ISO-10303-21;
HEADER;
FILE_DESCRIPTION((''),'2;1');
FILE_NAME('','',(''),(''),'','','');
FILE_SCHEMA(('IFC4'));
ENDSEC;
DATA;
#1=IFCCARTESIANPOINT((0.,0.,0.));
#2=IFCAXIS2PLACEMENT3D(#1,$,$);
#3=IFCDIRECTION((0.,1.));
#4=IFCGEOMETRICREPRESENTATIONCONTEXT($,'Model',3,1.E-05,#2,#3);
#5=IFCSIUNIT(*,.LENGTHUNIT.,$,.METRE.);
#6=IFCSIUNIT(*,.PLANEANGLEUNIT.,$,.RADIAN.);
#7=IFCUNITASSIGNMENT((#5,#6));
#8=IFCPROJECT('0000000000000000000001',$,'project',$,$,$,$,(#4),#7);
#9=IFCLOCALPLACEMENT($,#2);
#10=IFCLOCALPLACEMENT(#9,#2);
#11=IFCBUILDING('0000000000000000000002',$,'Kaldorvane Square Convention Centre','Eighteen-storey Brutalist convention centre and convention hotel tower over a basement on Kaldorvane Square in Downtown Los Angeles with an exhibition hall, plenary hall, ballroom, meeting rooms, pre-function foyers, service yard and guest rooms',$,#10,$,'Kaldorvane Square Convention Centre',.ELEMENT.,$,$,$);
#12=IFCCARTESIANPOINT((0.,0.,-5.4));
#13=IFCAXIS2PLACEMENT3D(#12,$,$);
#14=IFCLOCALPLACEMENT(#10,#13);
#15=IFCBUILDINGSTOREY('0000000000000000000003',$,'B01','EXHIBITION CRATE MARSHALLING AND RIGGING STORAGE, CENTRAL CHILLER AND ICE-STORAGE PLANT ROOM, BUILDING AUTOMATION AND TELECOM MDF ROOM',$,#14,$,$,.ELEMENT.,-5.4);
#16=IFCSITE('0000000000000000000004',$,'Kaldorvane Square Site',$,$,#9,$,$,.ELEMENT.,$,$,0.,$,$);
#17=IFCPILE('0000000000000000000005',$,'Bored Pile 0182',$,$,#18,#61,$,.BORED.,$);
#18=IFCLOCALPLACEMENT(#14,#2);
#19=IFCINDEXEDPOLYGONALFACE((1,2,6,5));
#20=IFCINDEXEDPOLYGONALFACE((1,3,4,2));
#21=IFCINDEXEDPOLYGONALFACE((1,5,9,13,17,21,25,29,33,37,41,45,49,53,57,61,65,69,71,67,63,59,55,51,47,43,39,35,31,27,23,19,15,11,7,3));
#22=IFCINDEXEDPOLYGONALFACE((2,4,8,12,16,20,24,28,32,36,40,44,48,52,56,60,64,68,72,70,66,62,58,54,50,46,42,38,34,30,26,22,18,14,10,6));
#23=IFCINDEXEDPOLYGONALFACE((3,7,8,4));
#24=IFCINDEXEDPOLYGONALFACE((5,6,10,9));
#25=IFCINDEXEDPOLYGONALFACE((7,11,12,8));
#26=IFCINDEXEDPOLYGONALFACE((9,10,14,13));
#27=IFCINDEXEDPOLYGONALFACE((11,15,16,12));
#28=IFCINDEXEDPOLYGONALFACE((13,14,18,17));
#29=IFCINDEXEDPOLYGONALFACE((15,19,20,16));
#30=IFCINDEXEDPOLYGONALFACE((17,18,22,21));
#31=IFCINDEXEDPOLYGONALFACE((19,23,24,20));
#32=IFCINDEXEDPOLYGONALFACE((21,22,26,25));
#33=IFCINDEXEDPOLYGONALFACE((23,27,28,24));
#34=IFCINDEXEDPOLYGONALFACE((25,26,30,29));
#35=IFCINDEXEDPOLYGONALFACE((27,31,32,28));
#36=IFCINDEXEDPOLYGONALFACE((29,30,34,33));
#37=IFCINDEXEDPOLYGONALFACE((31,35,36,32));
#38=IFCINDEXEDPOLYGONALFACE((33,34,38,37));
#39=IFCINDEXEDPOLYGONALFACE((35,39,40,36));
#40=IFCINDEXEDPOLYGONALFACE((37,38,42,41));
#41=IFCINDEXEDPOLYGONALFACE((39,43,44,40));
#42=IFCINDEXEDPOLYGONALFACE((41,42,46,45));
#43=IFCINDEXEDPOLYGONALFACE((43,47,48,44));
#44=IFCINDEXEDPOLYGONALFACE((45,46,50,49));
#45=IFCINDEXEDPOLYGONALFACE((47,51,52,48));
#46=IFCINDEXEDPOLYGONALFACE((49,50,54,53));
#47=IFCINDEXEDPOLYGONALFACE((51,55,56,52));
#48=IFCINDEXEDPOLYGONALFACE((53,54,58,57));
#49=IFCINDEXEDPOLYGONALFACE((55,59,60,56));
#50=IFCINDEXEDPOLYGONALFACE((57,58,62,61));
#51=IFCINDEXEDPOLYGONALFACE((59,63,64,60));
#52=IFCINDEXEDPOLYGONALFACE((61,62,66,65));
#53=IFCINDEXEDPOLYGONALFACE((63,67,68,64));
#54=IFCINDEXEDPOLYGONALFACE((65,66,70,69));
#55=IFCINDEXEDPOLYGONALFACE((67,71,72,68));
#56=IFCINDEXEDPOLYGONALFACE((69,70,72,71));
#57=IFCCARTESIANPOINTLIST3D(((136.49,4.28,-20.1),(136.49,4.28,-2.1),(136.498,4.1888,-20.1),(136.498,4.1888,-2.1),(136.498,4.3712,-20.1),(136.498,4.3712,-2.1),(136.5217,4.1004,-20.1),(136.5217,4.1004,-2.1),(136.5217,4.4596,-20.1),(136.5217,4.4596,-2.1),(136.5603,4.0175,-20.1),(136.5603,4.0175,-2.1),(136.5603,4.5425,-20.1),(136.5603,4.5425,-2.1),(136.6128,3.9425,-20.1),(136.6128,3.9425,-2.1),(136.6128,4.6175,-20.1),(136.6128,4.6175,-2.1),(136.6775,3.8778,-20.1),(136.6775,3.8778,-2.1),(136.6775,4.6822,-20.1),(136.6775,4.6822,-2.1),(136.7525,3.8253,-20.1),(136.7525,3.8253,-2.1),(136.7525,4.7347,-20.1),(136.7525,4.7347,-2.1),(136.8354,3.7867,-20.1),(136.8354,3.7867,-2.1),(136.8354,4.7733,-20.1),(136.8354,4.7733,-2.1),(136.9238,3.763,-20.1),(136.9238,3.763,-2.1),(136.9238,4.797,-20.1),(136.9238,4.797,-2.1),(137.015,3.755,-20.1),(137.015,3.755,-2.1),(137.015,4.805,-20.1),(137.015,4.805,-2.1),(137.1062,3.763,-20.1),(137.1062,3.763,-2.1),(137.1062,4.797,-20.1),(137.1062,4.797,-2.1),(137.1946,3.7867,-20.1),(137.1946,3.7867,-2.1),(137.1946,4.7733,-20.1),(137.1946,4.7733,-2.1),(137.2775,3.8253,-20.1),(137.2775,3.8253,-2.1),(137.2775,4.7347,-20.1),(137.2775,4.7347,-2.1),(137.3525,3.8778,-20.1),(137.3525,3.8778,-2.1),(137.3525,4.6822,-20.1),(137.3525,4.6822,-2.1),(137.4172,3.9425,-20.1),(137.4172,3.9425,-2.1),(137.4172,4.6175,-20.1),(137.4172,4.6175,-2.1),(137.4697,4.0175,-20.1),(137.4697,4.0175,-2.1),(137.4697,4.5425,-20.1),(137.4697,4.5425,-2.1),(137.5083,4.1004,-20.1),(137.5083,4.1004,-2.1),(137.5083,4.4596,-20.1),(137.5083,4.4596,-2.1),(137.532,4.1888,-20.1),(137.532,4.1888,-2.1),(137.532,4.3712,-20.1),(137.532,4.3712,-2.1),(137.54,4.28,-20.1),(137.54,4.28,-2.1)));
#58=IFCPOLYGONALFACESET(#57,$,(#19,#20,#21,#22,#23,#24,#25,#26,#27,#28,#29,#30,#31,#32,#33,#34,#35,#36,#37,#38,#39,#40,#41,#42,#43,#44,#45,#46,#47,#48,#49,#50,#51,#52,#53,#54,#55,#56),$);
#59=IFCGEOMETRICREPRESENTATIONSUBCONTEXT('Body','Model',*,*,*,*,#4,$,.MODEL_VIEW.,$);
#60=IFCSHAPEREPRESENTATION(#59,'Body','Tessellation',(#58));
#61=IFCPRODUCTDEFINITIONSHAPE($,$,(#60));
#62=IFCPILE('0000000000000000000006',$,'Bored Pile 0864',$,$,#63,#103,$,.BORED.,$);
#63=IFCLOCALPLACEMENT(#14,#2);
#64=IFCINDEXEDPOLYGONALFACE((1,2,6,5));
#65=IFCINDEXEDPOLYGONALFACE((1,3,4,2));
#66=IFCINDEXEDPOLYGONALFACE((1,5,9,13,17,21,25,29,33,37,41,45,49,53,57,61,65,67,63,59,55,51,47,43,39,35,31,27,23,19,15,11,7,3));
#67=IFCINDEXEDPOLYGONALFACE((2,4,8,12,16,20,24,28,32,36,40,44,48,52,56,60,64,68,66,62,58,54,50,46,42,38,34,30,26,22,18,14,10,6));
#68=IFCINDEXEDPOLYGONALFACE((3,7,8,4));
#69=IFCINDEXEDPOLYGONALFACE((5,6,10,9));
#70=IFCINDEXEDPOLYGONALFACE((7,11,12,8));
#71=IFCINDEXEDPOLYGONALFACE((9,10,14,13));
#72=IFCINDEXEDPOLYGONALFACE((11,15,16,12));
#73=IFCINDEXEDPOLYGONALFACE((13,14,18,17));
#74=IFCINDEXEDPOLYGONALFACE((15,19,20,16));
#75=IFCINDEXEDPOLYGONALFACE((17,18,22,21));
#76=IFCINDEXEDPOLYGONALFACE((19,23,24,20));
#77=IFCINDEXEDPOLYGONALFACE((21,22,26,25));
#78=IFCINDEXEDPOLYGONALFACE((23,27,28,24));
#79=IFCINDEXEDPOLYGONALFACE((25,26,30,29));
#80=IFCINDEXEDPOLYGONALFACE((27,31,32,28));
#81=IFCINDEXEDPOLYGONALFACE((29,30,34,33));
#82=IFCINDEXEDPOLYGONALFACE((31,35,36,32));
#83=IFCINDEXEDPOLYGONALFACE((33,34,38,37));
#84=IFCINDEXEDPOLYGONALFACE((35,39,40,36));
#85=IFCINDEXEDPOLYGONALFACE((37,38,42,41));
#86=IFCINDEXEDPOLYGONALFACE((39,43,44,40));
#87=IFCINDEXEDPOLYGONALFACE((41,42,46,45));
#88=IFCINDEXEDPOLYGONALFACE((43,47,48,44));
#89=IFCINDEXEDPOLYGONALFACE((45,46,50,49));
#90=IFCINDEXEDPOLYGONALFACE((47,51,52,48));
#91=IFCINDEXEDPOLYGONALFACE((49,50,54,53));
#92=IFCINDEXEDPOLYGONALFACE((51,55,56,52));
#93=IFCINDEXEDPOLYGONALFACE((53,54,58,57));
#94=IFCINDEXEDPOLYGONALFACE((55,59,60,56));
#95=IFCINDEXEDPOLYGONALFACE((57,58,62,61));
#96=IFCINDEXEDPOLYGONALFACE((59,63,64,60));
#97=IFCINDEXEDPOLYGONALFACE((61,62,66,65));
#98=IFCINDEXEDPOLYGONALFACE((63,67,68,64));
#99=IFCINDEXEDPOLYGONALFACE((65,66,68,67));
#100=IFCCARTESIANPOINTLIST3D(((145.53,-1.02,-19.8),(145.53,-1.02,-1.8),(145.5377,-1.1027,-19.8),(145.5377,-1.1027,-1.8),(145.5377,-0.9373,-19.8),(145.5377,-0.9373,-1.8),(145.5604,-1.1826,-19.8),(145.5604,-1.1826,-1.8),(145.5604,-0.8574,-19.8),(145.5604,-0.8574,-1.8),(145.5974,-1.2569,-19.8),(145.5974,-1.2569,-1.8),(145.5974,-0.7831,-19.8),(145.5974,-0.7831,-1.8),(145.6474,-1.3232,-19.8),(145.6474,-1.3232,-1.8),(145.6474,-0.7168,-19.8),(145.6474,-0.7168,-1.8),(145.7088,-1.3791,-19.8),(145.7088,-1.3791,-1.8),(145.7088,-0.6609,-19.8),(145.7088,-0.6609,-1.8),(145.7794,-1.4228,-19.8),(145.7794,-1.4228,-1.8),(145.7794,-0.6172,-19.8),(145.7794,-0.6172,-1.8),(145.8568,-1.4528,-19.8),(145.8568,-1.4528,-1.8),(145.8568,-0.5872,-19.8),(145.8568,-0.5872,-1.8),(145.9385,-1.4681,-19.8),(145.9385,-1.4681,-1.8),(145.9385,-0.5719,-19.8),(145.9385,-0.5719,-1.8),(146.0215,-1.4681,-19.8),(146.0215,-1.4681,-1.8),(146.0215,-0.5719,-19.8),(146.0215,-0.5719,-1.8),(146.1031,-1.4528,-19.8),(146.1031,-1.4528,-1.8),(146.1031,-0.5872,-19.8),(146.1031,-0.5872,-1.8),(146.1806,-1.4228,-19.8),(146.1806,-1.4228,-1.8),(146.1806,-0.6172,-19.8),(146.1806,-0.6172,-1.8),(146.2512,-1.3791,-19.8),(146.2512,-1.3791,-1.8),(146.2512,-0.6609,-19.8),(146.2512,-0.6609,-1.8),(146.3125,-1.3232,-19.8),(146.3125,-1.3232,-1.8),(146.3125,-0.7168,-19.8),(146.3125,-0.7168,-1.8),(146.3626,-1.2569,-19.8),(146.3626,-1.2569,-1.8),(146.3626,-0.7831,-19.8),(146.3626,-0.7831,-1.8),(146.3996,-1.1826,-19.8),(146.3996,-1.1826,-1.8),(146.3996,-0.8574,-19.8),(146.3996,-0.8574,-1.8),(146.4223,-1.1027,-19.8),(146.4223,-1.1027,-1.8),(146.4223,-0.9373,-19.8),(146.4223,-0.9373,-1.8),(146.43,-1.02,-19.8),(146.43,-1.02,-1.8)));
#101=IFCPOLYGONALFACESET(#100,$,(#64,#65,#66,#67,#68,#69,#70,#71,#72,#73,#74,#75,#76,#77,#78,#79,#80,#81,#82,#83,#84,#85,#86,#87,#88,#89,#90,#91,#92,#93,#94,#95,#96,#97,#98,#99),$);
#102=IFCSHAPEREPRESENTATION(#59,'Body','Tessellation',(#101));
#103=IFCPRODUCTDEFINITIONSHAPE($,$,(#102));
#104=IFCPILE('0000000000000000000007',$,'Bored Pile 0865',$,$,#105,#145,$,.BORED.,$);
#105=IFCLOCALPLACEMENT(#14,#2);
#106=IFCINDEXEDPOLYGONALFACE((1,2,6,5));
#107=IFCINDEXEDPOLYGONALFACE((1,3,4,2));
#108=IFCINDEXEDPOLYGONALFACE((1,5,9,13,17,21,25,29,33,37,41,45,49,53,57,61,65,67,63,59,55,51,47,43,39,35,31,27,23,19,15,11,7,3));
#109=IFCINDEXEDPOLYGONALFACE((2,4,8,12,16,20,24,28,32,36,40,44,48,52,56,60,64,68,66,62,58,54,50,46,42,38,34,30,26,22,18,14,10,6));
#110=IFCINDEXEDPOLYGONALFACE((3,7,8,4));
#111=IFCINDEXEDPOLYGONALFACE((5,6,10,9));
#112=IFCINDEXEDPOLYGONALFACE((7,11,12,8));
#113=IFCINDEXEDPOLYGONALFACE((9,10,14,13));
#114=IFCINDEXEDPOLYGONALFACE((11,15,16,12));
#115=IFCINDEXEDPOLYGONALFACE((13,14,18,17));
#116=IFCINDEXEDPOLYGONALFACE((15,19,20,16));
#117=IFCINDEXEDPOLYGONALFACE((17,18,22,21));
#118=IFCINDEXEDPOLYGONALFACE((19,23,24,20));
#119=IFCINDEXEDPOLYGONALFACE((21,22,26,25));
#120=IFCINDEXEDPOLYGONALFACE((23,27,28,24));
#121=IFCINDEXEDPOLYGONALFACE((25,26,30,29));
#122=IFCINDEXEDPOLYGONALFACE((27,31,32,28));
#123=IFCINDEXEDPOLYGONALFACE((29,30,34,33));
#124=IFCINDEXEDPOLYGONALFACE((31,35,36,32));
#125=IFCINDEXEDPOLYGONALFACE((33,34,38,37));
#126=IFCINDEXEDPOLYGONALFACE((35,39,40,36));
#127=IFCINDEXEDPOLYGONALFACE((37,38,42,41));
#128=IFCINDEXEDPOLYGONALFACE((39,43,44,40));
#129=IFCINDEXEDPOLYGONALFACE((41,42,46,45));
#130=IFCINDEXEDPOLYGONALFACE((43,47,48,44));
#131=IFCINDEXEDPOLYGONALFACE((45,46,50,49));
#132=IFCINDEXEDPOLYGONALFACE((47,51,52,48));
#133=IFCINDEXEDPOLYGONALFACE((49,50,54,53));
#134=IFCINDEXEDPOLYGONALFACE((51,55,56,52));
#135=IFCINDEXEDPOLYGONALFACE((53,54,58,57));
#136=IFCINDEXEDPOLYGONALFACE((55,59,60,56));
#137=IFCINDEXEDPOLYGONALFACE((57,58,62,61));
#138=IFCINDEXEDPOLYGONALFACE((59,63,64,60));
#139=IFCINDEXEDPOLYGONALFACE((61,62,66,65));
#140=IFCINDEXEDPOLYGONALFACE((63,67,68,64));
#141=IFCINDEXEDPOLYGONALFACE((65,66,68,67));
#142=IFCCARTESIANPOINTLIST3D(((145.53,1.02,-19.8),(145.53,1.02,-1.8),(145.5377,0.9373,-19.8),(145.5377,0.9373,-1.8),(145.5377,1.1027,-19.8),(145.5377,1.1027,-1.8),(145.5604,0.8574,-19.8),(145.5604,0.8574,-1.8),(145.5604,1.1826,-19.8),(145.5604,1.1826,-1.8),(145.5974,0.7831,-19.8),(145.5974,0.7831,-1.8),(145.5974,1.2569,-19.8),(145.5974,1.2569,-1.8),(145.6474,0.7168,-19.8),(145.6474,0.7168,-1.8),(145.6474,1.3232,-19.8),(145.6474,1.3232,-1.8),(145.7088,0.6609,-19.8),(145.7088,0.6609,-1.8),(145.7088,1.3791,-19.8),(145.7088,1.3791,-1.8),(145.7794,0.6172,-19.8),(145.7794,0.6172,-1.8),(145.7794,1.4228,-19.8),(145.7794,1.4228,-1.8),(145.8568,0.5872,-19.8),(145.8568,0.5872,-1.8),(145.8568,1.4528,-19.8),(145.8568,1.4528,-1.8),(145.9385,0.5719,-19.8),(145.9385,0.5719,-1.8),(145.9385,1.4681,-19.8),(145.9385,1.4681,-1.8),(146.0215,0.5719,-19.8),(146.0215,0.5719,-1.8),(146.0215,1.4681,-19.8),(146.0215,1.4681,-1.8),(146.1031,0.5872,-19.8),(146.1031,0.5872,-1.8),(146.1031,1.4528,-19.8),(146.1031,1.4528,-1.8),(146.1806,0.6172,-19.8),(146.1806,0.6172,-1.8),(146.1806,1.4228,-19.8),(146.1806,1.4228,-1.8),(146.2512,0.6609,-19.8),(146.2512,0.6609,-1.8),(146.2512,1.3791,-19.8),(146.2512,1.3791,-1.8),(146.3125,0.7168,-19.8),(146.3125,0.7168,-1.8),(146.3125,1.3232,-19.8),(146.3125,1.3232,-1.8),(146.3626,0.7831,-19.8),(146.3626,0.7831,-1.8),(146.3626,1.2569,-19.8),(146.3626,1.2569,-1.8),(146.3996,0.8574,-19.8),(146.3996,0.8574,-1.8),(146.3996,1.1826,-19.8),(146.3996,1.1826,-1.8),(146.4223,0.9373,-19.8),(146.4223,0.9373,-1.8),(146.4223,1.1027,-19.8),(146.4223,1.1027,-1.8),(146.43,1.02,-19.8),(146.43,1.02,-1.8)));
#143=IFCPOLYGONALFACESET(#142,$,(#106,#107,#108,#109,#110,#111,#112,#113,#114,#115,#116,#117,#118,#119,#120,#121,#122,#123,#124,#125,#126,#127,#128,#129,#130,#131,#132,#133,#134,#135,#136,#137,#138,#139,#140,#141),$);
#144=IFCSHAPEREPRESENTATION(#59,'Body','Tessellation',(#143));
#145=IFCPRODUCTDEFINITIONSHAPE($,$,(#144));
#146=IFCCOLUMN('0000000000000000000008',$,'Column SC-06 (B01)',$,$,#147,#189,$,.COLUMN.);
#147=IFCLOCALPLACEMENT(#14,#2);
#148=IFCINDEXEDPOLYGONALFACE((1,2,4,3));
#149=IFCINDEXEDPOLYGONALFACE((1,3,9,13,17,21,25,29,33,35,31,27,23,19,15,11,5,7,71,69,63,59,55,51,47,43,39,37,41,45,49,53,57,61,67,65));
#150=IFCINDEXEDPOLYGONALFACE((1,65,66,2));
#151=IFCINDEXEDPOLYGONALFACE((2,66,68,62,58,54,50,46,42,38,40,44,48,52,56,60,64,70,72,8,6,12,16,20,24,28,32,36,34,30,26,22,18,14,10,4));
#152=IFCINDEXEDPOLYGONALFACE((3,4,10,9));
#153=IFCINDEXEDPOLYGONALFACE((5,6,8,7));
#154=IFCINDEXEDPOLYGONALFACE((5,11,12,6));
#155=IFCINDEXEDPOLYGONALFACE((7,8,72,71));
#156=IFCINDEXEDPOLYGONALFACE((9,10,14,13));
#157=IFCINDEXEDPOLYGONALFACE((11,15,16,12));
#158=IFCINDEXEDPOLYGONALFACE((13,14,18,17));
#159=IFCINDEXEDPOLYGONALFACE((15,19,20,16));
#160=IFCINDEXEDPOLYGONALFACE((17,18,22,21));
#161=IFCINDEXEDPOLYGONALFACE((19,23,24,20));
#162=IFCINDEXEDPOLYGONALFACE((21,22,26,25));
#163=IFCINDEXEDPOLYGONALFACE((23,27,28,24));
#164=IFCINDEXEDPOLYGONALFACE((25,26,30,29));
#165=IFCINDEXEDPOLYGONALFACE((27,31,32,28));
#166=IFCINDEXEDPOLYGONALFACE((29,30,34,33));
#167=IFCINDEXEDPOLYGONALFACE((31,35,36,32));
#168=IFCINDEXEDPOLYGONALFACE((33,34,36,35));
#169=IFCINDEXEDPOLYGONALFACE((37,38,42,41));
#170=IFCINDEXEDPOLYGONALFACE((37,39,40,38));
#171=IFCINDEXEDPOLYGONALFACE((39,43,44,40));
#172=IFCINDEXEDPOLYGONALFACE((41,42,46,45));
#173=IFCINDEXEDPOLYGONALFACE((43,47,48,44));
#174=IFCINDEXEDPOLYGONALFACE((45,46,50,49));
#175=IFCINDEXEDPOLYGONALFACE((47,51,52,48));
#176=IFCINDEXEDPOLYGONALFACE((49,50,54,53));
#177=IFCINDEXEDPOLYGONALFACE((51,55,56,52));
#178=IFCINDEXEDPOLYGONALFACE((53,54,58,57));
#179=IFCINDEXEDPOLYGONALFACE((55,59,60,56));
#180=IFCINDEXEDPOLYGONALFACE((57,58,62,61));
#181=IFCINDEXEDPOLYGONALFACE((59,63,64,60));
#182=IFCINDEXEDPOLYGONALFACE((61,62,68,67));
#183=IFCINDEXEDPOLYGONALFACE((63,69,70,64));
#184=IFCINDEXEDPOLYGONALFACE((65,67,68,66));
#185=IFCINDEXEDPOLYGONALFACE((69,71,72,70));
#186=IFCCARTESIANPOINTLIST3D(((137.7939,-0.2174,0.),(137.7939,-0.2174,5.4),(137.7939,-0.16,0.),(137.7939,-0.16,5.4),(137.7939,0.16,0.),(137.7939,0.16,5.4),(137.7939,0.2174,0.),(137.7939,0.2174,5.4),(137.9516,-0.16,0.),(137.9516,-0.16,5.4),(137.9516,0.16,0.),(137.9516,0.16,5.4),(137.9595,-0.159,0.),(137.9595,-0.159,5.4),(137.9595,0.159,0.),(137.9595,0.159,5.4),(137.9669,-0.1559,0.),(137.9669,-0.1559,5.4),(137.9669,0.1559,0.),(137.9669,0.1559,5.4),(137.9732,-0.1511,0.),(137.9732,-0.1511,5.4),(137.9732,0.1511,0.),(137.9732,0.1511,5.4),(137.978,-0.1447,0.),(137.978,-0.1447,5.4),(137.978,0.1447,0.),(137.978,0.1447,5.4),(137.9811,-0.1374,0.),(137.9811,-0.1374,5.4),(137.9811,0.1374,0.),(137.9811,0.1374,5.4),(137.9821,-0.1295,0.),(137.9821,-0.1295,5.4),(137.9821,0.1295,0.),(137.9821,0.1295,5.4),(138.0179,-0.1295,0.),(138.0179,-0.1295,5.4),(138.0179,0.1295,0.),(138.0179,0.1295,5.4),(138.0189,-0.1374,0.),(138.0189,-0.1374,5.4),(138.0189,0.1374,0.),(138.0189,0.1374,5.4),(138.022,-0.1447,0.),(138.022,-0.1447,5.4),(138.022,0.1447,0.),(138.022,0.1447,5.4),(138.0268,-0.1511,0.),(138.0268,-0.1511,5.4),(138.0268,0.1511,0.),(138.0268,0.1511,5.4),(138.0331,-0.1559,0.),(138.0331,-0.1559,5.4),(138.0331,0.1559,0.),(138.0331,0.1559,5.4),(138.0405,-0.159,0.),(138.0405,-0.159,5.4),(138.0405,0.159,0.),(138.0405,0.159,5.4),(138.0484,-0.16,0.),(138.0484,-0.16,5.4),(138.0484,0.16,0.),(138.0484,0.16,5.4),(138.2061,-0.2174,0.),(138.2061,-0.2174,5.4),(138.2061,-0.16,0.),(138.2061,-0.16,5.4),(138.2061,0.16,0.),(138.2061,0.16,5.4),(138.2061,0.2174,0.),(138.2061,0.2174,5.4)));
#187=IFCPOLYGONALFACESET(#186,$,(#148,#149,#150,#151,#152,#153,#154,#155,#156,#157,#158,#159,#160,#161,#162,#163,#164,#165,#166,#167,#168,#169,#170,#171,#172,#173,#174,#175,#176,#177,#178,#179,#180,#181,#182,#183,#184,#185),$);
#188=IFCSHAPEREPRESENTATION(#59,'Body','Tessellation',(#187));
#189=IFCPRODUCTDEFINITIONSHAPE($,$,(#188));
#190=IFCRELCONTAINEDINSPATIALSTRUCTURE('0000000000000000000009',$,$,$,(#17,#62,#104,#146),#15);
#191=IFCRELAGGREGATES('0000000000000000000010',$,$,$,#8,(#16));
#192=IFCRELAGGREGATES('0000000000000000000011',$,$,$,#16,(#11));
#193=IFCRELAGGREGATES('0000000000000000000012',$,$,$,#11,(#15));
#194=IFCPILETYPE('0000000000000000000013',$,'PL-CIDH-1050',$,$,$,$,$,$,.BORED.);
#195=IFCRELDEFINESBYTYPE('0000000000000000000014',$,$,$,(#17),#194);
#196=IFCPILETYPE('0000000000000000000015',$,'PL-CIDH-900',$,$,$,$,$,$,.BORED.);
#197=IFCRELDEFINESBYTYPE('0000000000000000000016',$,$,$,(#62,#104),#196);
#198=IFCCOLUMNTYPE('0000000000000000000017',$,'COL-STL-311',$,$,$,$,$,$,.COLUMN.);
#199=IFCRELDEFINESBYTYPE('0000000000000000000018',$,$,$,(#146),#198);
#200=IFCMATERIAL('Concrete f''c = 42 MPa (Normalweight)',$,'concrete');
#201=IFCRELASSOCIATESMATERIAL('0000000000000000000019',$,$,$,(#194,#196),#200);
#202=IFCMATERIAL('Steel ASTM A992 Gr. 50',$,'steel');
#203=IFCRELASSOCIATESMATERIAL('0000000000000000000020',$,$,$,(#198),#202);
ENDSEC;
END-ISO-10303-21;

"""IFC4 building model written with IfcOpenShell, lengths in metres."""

from ifc_helpers import new_model, si_unit, direction, frame, origin, origin_2d, place, context, subcontext, project, spatial, circle, i_section, extrude, material, material_profile, profile_set, type_object, element, save


model = new_model("IFC4")

# Units and contexts
model_context = context("Model", 3, precision=1e-05, world=origin(), true_north=direction((0.0, 1.0)))
body_context = subcontext(model_context, "Body", "Model", "MODEL_VIEW")
ifc_project = project(units=[si_unit("LENGTHUNIT", "METRE"), si_unit("PLANEANGLEUNIT", "RADIAN")], contexts=[model_context])

# Site, building, storey
site_placement = place(None, origin())
site = spatial("IfcSite", under=ifc_project, at=site_placement, Name="Kaldorvane Square Site", CompositionType="ELEMENT", RefElevation=0.0)
building_placement = place(site_placement, origin())
building = spatial("IfcBuilding", under=site, at=building_placement, Name="Kaldorvane Square Convention Centre", Description="Eighteen-storey Brutalist convention centre and convention hotel tower over a basement on Kaldorvane Square in Downtown Los Angeles with an exhibition hall, plenary hall, ballroom, meeting rooms, pre-function foyers, service yard and guest rooms", LongName="Kaldorvane Square Convention Centre", CompositionType="ELEMENT")
storey_placement = place(building_placement, frame((0.0, 0.0, -5.4)))
storey = spatial("IfcBuildingStorey", under=building, at=storey_placement, Name="B01", Description="EXHIBITION CRATE MARSHALLING AND RIGGING STORAGE, CENTRAL CHILLER AND ICE-STORAGE PLANT ROOM, BUILDING AUTOMATION AND TELECOM MDF ROOM", CompositionType="ELEMENT", Elevation=-5.4)

# Shared definitions
ifc_material_1 = material(Name="Concrete f'c = 42 MPa (Normalweight)", Category="concrete")

# Piles
ifc_material_profile_1 = material_profile(ifc_material_1, circle(Radius=0.525, at=origin_2d()), Name="PILE-D1050")
ifc_profile_set_1 = profile_set([ifc_material_profile_1], Name="Concrete f'c = 42 MPa (Normalweight)")
pile_type_1 = type_object("IfcPileType", Name="PL-CIDH-1050", PredefinedType="BORED", material=ifc_profile_set_1)
for number, where, z_axis, x_axis, name in (
    (1, (137.015, 4.28, -2.1), (0.0, 0.0, -1.0), (1.0, 0.0, 0.0), "Bored Pile 0182"),
):
    element("IfcPile", number, at=place(storey_placement, frame(where, z_axis=z_axis, x_axis=x_axis)), inside=storey, type_object=pile_type_1, Name=name, PredefinedType="BORED", context=body_context, shape_type="SweptSolid", body=[
        extrude(circle(Radius=0.525, at=origin_2d()), origin(), (0.0, 0.0, 1.0), 18.0),
    ])
ifc_material_profile_2 = material_profile(ifc_material_1, circle(Radius=0.45, at=origin_2d()), Name="PILE-D900")
ifc_profile_set_2 = profile_set([ifc_material_profile_2], Name="Concrete f'c = 42 MPa (Normalweight)")
pile_type_2 = type_object("IfcPileType", Name="PL-CIDH-900", PredefinedType="BORED", material=ifc_profile_set_2)
for number, where, z_axis, x_axis, name in (
    (2, (145.98, -1.02, -1.8), (0.0, 0.0, -1.0), (1.0, 0.0, 0.0), "Bored Pile 0864"),
    (3, (145.98, 1.02, -1.8), (0.0, 0.0, -1.0), (1.0, 0.0, 0.0), "Bored Pile 0865"),
):
    element("IfcPile", number, at=place(storey_placement, frame(where, z_axis=z_axis, x_axis=x_axis)), inside=storey, type_object=pile_type_2, Name=name, PredefinedType="BORED", context=body_context, shape_type="SweptSolid", body=[
        extrude(circle(Radius=0.45, at=origin_2d()), origin(), (0.0, 0.0, 1.0), 18.0),
    ])

# Column
ifc_material_2 = material(Name="Steel ASTM A992 Gr. 50", Category="steel")
ifc_material_profile_3 = material_profile(ifc_material_2, i_section(OverallWidth=0.4122, OverallDepth=0.4348, WebThickness=0.0358, FlangeThickness=0.0574, FilletRadius=0.0305, at=origin_2d()), Name="W14X311")
ifc_profile_set_3 = profile_set([ifc_material_profile_3], Name="Steel ASTM A992 Gr. 50")
column_type = type_object("IfcColumnType", Name="COL-STL-311", PredefinedType="COLUMN", material=ifc_profile_set_3)
column_placement = place(storey_placement, frame((138.0, 0.0, 0.0), z_axis=(0.0, 0.0, 1.0), x_axis=(1.0, 0.0, 0.0)))
element("IfcColumn", 4, at=column_placement, inside=storey, type_object=column_type, Name="Column SC-06 (B01)", PredefinedType="COLUMN", context=body_context, shape_type="SweptSolid", body=[
    extrude(i_section(OverallWidth=0.4122, OverallDepth=0.4348, WebThickness=0.0358, FlangeThickness=0.0574, FilletRadius=0.0305, at=origin_2d()), origin(), (0.0, 0.0, 1.0), 5.4),
])

save(model, "model.ifc")
